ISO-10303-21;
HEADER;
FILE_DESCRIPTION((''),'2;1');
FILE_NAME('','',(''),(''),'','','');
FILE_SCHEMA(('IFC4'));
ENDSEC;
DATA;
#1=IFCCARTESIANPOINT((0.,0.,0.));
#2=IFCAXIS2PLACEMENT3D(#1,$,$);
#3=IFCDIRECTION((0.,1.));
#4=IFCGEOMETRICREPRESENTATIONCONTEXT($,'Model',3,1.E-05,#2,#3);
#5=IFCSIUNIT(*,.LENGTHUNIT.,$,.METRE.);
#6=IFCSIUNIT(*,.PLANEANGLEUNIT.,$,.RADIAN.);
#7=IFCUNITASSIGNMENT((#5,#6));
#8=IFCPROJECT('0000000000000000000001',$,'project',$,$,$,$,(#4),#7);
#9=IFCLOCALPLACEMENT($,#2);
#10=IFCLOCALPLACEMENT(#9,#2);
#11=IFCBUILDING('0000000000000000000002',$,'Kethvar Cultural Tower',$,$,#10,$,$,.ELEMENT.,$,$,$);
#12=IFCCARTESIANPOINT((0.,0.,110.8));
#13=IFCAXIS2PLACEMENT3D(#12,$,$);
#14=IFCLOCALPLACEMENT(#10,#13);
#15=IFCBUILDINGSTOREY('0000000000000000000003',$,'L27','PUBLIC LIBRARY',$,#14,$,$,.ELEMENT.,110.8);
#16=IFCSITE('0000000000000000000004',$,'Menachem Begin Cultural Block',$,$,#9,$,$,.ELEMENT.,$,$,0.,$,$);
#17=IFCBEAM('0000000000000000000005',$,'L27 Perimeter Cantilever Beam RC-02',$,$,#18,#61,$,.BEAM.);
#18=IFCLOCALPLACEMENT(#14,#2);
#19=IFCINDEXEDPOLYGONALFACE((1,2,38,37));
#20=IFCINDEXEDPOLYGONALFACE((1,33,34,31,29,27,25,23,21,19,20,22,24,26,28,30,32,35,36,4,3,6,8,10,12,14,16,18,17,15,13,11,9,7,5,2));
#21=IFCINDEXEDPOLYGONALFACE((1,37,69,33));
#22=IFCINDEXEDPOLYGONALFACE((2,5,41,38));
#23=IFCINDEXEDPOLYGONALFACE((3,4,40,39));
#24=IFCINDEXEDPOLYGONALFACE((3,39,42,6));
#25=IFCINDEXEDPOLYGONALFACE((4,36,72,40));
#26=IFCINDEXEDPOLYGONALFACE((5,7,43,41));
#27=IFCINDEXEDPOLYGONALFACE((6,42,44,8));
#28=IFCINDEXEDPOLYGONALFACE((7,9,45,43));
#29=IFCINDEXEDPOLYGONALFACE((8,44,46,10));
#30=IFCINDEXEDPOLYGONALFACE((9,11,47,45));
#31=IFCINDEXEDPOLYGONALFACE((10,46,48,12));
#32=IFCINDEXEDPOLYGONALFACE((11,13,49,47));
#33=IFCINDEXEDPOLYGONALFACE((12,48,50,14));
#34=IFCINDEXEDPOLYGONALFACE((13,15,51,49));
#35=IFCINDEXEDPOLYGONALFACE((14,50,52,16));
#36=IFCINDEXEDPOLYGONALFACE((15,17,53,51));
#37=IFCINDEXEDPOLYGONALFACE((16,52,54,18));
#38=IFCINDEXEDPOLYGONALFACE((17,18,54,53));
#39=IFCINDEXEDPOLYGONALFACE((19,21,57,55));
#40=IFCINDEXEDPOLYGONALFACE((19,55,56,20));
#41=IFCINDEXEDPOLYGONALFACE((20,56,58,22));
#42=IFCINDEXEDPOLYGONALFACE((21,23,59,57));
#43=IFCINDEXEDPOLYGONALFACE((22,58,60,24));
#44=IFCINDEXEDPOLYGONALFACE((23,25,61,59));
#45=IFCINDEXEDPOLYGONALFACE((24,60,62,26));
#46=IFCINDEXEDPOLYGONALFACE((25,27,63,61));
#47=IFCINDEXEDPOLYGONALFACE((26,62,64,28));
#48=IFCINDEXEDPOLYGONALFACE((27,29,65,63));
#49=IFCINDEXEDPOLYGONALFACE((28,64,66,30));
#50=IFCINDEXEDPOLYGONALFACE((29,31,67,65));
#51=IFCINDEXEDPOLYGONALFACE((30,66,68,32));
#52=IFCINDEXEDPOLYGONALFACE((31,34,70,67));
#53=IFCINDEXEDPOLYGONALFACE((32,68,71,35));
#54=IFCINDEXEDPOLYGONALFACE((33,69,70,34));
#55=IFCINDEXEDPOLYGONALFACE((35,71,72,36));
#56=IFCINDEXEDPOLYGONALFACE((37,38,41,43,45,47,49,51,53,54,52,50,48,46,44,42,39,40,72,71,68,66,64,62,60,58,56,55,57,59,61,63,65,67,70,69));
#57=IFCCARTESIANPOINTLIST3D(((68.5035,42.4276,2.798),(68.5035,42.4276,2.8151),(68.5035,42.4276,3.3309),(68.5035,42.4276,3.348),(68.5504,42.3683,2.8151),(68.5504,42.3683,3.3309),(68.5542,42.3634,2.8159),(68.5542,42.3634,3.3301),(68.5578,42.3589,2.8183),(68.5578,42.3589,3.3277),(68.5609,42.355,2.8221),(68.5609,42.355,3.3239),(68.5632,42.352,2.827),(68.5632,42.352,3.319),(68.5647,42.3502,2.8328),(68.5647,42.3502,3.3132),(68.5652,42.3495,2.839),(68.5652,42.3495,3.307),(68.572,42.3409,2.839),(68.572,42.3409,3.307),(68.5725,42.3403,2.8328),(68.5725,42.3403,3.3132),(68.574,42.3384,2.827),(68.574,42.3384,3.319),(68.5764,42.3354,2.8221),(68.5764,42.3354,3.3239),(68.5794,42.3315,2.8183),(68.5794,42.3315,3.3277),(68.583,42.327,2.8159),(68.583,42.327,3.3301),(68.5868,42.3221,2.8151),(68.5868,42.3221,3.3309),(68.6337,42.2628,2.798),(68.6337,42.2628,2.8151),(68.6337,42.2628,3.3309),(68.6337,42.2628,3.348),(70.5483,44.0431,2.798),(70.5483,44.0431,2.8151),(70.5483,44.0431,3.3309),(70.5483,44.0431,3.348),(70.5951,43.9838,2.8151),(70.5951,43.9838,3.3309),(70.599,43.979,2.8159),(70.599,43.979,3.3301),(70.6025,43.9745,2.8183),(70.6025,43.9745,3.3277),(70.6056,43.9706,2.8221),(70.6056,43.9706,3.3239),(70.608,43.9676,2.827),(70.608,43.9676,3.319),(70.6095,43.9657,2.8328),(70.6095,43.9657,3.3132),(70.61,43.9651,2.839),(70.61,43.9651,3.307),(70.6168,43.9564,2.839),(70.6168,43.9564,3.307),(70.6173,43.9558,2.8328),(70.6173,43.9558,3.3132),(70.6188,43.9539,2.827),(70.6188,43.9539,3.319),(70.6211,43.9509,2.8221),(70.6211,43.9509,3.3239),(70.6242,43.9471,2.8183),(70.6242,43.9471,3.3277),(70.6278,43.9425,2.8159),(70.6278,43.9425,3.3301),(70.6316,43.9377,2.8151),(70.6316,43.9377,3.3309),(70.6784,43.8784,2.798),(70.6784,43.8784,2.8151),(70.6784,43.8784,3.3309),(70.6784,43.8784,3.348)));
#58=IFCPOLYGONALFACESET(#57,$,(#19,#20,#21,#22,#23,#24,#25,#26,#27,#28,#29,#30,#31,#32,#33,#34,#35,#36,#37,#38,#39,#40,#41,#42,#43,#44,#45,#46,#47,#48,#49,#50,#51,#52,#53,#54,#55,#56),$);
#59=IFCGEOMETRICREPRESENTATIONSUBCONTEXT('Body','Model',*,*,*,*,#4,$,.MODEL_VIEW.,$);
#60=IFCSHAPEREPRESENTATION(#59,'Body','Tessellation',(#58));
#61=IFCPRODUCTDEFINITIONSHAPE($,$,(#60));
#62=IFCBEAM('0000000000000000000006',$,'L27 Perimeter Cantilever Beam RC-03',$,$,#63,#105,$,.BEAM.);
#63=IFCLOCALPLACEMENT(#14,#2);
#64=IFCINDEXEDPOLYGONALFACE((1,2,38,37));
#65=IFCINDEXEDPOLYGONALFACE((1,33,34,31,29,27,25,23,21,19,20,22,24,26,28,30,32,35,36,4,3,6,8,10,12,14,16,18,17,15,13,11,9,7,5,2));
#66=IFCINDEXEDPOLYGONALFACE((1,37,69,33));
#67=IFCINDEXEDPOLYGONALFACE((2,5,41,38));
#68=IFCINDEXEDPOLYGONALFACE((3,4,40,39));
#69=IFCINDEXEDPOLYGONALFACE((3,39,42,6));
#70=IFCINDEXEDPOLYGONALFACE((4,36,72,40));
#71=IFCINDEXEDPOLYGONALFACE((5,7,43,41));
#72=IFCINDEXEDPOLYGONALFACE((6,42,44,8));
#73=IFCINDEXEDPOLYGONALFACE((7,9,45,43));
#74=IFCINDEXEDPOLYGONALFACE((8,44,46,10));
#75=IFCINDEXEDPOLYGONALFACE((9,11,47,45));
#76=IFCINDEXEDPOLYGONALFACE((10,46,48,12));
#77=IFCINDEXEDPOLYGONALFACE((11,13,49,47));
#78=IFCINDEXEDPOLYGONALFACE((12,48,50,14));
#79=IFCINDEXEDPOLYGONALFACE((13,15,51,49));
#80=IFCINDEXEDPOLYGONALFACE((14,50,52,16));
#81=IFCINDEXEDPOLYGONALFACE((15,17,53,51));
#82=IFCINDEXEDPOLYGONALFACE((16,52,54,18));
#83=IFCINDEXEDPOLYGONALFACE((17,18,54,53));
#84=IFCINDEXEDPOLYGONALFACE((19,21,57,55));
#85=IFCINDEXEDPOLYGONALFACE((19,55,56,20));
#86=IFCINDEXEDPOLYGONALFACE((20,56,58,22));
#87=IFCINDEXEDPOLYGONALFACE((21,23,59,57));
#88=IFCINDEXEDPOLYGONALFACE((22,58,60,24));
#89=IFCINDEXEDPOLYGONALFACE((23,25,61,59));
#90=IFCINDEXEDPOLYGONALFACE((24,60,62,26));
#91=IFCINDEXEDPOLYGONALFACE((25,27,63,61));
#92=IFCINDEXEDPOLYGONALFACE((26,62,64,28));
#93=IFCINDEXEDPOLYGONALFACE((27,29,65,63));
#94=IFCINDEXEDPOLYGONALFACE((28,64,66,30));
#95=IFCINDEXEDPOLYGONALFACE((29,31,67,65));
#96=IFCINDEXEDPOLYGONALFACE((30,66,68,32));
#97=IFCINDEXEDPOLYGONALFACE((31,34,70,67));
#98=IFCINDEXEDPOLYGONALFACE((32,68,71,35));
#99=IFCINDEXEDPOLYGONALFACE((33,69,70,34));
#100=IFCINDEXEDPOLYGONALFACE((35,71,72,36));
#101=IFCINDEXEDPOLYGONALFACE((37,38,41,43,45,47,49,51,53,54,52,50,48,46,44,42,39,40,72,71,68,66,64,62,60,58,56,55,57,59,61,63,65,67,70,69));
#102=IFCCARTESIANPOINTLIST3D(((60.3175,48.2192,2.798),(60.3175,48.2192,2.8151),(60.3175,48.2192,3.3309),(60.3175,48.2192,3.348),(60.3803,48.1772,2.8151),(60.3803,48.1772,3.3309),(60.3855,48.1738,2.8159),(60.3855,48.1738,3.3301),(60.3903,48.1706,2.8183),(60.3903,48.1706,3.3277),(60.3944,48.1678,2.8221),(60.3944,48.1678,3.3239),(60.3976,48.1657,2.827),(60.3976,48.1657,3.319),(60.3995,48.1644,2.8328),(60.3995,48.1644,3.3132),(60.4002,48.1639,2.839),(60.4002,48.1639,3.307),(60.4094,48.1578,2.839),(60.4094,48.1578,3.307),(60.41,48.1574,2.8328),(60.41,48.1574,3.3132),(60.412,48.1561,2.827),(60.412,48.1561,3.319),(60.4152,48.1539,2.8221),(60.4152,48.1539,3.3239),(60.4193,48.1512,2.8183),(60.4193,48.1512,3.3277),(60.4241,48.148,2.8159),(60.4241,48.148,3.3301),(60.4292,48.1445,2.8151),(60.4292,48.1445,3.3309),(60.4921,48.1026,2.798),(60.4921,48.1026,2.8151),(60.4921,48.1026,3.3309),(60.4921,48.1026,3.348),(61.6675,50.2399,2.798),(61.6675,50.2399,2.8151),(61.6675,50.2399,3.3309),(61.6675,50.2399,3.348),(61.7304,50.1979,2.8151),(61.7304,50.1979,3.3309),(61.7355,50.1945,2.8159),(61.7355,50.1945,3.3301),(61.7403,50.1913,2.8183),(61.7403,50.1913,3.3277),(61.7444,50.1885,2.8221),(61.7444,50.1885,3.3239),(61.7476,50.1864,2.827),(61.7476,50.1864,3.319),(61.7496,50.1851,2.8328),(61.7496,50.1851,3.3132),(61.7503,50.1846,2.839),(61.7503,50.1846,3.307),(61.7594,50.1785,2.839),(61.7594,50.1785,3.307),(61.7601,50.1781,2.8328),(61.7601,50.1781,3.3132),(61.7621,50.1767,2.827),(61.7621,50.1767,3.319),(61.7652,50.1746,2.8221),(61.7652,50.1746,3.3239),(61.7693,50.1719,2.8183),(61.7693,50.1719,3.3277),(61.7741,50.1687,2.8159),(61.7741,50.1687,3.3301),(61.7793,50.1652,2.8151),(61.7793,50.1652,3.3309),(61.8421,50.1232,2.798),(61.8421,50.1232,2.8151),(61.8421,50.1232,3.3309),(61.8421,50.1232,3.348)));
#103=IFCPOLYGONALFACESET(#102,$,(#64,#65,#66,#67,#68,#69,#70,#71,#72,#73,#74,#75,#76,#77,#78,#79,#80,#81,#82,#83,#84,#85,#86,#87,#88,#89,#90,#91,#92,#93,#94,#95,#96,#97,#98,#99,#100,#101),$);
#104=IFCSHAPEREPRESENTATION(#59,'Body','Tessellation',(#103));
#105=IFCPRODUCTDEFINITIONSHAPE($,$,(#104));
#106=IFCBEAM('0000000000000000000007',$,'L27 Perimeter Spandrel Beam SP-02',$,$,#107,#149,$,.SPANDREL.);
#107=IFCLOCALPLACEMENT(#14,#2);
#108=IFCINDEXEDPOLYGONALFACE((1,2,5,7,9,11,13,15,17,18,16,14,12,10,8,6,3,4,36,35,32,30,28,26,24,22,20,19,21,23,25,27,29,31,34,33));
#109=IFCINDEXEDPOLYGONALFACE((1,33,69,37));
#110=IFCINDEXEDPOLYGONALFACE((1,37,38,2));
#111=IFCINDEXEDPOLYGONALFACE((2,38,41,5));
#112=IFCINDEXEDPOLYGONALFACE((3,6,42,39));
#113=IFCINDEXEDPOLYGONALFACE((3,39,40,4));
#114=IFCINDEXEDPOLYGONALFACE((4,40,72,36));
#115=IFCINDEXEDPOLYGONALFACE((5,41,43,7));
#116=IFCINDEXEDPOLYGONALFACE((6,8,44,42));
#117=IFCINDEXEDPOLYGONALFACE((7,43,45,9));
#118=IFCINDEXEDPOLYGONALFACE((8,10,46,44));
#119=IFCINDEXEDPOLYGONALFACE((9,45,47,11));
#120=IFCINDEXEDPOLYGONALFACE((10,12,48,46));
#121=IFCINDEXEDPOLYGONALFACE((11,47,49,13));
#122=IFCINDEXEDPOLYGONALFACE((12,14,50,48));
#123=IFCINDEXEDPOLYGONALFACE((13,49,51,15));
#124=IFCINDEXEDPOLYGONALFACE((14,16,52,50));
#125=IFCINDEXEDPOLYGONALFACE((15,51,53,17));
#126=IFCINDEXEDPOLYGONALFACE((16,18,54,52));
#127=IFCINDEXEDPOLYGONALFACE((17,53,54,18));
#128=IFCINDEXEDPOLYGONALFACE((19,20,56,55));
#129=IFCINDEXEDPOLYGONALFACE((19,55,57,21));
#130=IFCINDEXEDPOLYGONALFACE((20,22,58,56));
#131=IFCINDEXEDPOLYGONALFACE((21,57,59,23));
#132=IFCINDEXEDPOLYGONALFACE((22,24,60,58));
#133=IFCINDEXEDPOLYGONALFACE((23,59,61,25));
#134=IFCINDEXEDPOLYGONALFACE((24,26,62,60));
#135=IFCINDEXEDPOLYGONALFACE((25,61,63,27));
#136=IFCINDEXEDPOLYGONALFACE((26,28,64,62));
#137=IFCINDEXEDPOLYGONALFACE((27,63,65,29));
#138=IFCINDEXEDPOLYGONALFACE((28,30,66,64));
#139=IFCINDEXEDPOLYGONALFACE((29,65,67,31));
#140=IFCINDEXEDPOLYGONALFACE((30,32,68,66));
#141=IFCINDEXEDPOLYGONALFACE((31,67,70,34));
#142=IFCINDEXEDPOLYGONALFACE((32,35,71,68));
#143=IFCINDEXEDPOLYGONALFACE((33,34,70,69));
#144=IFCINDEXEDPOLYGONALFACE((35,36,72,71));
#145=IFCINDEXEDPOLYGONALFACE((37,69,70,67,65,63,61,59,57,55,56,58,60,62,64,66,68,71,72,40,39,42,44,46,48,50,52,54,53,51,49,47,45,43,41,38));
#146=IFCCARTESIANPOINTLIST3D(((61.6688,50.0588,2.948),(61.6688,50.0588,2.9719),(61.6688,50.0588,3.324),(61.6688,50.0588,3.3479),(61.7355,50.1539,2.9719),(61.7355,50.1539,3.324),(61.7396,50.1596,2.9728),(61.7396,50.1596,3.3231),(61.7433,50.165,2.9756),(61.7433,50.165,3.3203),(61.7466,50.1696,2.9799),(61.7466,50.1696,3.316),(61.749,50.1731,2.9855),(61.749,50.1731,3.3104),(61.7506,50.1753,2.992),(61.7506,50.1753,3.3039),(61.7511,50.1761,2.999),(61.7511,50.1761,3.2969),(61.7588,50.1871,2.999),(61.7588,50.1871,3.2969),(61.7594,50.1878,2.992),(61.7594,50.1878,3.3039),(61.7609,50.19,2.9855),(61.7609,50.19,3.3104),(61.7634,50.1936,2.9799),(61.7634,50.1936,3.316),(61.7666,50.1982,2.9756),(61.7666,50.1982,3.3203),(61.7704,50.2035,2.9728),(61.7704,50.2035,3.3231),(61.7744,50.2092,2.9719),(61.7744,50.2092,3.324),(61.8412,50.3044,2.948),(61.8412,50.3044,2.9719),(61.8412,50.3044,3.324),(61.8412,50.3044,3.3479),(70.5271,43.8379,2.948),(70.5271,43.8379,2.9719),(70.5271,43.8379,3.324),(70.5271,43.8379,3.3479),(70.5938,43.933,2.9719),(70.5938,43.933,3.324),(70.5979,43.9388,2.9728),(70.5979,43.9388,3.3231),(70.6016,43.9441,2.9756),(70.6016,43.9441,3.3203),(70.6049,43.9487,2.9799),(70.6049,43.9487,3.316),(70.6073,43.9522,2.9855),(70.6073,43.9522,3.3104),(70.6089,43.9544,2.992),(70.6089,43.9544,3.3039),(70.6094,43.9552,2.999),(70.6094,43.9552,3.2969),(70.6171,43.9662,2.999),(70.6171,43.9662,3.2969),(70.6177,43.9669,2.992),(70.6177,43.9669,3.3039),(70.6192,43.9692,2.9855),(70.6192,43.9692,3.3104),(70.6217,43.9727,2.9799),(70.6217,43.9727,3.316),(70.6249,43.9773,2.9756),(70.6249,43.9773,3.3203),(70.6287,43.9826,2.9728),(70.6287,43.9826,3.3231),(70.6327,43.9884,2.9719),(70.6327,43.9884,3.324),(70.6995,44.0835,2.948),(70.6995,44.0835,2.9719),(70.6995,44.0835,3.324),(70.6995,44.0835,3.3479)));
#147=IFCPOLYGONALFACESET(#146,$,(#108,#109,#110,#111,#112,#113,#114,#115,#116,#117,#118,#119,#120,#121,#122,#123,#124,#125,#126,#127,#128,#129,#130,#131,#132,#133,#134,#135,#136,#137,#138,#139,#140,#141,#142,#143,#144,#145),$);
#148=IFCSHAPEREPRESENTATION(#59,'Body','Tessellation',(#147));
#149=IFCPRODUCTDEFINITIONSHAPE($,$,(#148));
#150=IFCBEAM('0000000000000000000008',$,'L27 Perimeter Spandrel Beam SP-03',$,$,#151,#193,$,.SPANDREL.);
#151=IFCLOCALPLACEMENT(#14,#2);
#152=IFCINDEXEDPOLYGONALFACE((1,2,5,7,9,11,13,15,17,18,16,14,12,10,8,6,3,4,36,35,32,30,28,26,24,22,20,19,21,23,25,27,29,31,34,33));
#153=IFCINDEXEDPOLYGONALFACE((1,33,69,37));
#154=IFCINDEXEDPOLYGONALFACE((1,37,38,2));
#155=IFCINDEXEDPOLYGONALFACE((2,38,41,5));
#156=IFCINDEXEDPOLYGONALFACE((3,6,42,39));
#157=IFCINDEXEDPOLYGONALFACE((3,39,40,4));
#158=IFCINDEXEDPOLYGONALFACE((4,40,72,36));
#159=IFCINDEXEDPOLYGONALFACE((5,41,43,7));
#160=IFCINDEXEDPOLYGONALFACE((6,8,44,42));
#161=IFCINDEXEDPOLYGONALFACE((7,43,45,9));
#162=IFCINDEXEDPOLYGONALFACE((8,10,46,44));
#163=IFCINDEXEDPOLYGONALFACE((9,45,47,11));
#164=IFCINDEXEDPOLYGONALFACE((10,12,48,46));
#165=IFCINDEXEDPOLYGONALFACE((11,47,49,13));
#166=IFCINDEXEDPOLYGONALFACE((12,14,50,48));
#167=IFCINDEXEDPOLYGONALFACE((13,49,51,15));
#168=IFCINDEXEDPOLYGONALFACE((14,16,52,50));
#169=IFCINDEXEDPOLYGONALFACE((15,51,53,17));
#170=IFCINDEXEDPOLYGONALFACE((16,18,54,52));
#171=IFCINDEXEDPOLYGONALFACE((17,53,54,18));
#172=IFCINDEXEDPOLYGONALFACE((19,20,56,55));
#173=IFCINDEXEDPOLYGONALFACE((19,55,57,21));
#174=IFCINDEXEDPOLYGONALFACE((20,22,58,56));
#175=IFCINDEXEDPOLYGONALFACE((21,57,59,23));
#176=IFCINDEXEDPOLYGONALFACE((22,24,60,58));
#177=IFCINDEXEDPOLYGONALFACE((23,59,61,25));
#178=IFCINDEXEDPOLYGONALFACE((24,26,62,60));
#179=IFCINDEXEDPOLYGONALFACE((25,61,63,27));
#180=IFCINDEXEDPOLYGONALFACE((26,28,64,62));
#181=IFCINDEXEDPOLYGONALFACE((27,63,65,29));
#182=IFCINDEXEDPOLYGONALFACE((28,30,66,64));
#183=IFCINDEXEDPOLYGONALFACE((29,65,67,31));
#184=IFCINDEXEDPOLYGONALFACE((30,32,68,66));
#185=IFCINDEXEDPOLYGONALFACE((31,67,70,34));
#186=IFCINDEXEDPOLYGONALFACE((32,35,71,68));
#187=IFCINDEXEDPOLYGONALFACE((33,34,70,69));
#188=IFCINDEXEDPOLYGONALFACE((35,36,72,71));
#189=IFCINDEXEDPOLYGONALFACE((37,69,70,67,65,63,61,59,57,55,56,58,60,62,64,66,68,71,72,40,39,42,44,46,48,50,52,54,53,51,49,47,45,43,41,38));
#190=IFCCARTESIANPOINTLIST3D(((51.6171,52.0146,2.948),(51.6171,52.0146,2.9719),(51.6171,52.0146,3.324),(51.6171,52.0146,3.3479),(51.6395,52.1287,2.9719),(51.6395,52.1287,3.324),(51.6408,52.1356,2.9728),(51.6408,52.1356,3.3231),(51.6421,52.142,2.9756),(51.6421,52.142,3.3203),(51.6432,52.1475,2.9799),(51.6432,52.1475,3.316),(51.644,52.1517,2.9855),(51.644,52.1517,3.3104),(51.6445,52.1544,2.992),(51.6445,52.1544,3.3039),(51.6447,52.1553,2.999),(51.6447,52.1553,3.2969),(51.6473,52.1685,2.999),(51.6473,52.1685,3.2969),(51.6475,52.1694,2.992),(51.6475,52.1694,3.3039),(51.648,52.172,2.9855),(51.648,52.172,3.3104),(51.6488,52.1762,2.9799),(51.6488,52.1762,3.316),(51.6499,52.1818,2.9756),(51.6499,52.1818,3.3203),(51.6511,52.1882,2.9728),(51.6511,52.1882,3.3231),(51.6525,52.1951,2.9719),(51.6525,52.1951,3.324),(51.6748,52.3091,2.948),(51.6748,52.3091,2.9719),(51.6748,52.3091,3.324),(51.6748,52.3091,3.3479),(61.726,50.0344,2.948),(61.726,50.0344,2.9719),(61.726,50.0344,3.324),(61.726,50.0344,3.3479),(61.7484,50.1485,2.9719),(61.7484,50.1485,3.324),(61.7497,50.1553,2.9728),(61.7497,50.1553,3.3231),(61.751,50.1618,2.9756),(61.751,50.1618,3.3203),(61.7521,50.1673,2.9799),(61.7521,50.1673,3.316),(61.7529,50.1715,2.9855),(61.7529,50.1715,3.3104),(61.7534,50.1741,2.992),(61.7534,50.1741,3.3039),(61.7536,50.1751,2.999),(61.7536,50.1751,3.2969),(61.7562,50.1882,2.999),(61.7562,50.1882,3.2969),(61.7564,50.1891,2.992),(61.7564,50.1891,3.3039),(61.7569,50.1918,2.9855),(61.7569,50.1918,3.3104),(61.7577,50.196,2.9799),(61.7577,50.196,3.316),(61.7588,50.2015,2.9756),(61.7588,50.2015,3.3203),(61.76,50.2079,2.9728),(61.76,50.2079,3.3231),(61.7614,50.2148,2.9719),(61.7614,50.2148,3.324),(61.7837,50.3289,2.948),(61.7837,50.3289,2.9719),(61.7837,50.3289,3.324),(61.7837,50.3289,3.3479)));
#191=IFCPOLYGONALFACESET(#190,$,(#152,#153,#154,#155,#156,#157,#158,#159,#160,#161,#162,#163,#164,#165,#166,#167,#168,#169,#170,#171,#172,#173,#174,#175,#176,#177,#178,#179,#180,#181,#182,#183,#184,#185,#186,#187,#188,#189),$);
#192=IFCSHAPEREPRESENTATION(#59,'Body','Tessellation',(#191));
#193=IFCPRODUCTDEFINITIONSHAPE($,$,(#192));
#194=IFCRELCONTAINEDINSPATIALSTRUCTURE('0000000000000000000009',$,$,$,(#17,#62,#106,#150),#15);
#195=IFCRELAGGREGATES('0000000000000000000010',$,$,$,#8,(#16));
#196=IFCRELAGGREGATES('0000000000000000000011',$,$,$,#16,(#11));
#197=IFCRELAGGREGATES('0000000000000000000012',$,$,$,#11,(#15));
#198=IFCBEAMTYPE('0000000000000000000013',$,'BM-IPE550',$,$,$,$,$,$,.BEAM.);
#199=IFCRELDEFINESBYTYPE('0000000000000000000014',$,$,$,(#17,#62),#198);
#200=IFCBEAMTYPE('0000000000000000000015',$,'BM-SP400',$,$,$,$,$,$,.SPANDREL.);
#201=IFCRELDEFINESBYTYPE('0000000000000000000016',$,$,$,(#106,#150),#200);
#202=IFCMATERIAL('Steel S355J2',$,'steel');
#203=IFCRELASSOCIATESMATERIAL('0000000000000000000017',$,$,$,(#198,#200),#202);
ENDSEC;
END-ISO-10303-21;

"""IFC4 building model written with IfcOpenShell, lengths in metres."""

from ifc_helpers import new_model, si_unit, direction, frame, origin, origin_2d, place, context, subcontext, project, spatial, i_section, extrude, source, transform, mapped, material, material_profile, profile_set, type_object, element, save


model = new_model("IFC4")

# Units and contexts
model_context = context("Model", 3, precision=1e-05, world=origin(), true_north=direction((0.0, 1.0)))
body_context = subcontext(model_context, "Body", "Model", "MODEL_VIEW")
ifc_project = project(units=[si_unit("LENGTHUNIT", "METRE"), si_unit("PLANEANGLEUNIT", "RADIAN")], contexts=[model_context])

# Site, building, storey
site_placement = place(None, origin())
site = spatial("IfcSite", under=ifc_project, at=site_placement, Name="Menachem Begin Cultural Block", CompositionType="ELEMENT", RefElevation=0.0)
building_placement = place(site_placement, origin())
building = spatial("IfcBuilding", under=site, at=building_placement, Name="Kethvar Cultural Tower", CompositionType="ELEMENT")
storey_placement = place(building_placement, frame((0.0, 0.0, 110.8)))
storey = spatial("IfcBuildingStorey", under=building, at=storey_placement, Name="L27", Description="PUBLIC LIBRARY", CompositionType="ELEMENT", Elevation=110.8)

# Beams
ifc_material_1 = material(Name="Steel S355J2", Category="steel")
ifc_material_profile_1 = material_profile(ifc_material_1, i_section(OverallWidth=0.21, OverallDepth=0.55, WebThickness=0.011, FlangeThickness=0.0171, FilletRadius=0.0239, at=origin_2d()), Name="Steel S355J2 — IPE550")
ifc_profile_set_1 = profile_set([ifc_material_profile_1], Name="Steel S355J2 — IPE550")
beam_type_1 = type_object("IfcBeamType", Name="BM-IPE550", PredefinedType="BEAM", material=ifc_profile_set_1)
shared_shape_1 = source(origin(), body_context, "Body", "SweptSolid", [
    extrude(i_section(OverallWidth=0.21, OverallDepth=0.55, WebThickness=0.011, FlangeThickness=0.0171, FilletRadius=0.0239, at=origin_2d()), origin(), (0.0, 0.0, 1.0), 2.606),
])
beam_1_placement = place(storey_placement, frame((68.5686, 42.3452, 3.073), z_axis=(0.784648, 0.619942, 0.0), x_axis=(-0.619942, 0.784648, 0.0)))
element("IfcBeam", 1, at=beam_1_placement, inside=storey, type_object=beam_type_1, Name="L27 Perimeter Cantilever Beam RC-02", PredefinedType="BEAM", context=body_context, shape_type="MappedRepresentation", body=[
    mapped(shared_shape_1, transform((0.0, 0.0, 0.0), scale=1.0)),
])
shared_shape_2 = source(origin(), body_context, "Body", "SweptSolid", [
    extrude(i_section(OverallWidth=0.21, OverallDepth=0.55, WebThickness=0.011, FlangeThickness=0.0171, FilletRadius=0.0239, at=origin_2d()), origin(), (0.0, 0.0, 1.0), 2.4302),
])
beam_2_placement = place(storey_placement, frame((60.4048, 48.1609, 3.073), z_axis=(0.555534, 0.831493, 0.0), x_axis=(-0.831493, 0.555534, 0.0)))
element("IfcBeam", 2, at=beam_2_placement, inside=storey, type_object=beam_type_1, Name="L27 Perimeter Cantilever Beam RC-03", PredefinedType="BEAM", context=body_context, shape_type="MappedRepresentation", body=[
    mapped(shared_shape_2, transform((0.0, 0.0, 0.0), scale=1.0)),
])
ifc_material_profile_2 = material_profile(ifc_material_1, i_section(OverallWidth=0.3, OverallDepth=0.3999, WebThickness=0.0134, FlangeThickness=0.0239, FilletRadius=0.0271, at=origin_2d()), Name="Steel S355J2 — HEB400")
ifc_profile_set_2 = profile_set([ifc_material_profile_2], Name="Steel S355J2 — HEB400")
beam_type_2 = type_object("IfcBeamType", Name="BM-SP400", PredefinedType="SPANDREL", material=ifc_profile_set_2)
shared_shape_3 = source(origin(), body_context, "Body", "SweptSolid", [
    extrude(i_section(OverallWidth=0.3, OverallDepth=0.3999, WebThickness=0.0134, FlangeThickness=0.0239, FilletRadius=0.0271, at=origin_2d()), origin(), (0.0, 0.0, 1.0), 10.8245),
])
beam_3_placement = place(storey_placement, frame((70.6133, 43.9607, 3.1479), z_axis=(-0.81836, 0.574706, 0.0), x_axis=(-0.574706, -0.81836, 0.0)))
element("IfcBeam", 3, at=beam_3_placement, inside=storey, type_object=beam_type_2, Name="L27 Perimeter Spandrel Beam SP-02", PredefinedType="SPANDREL", context=body_context, shape_type="MappedRepresentation", body=[
    mapped(shared_shape_3, transform((0.0, 0.0, 0.0), scale=1.0)),
])
shared_shape_4 = source(origin(), body_context, "Body", "SweptSolid", [
    extrude(i_section(OverallWidth=0.3, OverallDepth=0.3999, WebThickness=0.0134, FlangeThickness=0.0239, FilletRadius=0.0271, at=origin_2d()), origin(), (0.0, 0.0, 1.0), 10.301),
])
beam_4_placement = place(storey_placement, frame((61.7549, 50.1816, 3.1479), z_axis=(-0.981349, 0.192236, 0.0), x_axis=(-0.192236, -0.981349, 0.0)))
element("IfcBeam", 4, at=beam_4_placement, inside=storey, type_object=beam_type_2, Name="L27 Perimeter Spandrel Beam SP-03", PredefinedType="SPANDREL", context=body_context, shape_type="MappedRepresentation", body=[
    mapped(shared_shape_4, transform((0.0, 0.0, 0.0), scale=1.0)),
])

save(model, "model.ifc")
